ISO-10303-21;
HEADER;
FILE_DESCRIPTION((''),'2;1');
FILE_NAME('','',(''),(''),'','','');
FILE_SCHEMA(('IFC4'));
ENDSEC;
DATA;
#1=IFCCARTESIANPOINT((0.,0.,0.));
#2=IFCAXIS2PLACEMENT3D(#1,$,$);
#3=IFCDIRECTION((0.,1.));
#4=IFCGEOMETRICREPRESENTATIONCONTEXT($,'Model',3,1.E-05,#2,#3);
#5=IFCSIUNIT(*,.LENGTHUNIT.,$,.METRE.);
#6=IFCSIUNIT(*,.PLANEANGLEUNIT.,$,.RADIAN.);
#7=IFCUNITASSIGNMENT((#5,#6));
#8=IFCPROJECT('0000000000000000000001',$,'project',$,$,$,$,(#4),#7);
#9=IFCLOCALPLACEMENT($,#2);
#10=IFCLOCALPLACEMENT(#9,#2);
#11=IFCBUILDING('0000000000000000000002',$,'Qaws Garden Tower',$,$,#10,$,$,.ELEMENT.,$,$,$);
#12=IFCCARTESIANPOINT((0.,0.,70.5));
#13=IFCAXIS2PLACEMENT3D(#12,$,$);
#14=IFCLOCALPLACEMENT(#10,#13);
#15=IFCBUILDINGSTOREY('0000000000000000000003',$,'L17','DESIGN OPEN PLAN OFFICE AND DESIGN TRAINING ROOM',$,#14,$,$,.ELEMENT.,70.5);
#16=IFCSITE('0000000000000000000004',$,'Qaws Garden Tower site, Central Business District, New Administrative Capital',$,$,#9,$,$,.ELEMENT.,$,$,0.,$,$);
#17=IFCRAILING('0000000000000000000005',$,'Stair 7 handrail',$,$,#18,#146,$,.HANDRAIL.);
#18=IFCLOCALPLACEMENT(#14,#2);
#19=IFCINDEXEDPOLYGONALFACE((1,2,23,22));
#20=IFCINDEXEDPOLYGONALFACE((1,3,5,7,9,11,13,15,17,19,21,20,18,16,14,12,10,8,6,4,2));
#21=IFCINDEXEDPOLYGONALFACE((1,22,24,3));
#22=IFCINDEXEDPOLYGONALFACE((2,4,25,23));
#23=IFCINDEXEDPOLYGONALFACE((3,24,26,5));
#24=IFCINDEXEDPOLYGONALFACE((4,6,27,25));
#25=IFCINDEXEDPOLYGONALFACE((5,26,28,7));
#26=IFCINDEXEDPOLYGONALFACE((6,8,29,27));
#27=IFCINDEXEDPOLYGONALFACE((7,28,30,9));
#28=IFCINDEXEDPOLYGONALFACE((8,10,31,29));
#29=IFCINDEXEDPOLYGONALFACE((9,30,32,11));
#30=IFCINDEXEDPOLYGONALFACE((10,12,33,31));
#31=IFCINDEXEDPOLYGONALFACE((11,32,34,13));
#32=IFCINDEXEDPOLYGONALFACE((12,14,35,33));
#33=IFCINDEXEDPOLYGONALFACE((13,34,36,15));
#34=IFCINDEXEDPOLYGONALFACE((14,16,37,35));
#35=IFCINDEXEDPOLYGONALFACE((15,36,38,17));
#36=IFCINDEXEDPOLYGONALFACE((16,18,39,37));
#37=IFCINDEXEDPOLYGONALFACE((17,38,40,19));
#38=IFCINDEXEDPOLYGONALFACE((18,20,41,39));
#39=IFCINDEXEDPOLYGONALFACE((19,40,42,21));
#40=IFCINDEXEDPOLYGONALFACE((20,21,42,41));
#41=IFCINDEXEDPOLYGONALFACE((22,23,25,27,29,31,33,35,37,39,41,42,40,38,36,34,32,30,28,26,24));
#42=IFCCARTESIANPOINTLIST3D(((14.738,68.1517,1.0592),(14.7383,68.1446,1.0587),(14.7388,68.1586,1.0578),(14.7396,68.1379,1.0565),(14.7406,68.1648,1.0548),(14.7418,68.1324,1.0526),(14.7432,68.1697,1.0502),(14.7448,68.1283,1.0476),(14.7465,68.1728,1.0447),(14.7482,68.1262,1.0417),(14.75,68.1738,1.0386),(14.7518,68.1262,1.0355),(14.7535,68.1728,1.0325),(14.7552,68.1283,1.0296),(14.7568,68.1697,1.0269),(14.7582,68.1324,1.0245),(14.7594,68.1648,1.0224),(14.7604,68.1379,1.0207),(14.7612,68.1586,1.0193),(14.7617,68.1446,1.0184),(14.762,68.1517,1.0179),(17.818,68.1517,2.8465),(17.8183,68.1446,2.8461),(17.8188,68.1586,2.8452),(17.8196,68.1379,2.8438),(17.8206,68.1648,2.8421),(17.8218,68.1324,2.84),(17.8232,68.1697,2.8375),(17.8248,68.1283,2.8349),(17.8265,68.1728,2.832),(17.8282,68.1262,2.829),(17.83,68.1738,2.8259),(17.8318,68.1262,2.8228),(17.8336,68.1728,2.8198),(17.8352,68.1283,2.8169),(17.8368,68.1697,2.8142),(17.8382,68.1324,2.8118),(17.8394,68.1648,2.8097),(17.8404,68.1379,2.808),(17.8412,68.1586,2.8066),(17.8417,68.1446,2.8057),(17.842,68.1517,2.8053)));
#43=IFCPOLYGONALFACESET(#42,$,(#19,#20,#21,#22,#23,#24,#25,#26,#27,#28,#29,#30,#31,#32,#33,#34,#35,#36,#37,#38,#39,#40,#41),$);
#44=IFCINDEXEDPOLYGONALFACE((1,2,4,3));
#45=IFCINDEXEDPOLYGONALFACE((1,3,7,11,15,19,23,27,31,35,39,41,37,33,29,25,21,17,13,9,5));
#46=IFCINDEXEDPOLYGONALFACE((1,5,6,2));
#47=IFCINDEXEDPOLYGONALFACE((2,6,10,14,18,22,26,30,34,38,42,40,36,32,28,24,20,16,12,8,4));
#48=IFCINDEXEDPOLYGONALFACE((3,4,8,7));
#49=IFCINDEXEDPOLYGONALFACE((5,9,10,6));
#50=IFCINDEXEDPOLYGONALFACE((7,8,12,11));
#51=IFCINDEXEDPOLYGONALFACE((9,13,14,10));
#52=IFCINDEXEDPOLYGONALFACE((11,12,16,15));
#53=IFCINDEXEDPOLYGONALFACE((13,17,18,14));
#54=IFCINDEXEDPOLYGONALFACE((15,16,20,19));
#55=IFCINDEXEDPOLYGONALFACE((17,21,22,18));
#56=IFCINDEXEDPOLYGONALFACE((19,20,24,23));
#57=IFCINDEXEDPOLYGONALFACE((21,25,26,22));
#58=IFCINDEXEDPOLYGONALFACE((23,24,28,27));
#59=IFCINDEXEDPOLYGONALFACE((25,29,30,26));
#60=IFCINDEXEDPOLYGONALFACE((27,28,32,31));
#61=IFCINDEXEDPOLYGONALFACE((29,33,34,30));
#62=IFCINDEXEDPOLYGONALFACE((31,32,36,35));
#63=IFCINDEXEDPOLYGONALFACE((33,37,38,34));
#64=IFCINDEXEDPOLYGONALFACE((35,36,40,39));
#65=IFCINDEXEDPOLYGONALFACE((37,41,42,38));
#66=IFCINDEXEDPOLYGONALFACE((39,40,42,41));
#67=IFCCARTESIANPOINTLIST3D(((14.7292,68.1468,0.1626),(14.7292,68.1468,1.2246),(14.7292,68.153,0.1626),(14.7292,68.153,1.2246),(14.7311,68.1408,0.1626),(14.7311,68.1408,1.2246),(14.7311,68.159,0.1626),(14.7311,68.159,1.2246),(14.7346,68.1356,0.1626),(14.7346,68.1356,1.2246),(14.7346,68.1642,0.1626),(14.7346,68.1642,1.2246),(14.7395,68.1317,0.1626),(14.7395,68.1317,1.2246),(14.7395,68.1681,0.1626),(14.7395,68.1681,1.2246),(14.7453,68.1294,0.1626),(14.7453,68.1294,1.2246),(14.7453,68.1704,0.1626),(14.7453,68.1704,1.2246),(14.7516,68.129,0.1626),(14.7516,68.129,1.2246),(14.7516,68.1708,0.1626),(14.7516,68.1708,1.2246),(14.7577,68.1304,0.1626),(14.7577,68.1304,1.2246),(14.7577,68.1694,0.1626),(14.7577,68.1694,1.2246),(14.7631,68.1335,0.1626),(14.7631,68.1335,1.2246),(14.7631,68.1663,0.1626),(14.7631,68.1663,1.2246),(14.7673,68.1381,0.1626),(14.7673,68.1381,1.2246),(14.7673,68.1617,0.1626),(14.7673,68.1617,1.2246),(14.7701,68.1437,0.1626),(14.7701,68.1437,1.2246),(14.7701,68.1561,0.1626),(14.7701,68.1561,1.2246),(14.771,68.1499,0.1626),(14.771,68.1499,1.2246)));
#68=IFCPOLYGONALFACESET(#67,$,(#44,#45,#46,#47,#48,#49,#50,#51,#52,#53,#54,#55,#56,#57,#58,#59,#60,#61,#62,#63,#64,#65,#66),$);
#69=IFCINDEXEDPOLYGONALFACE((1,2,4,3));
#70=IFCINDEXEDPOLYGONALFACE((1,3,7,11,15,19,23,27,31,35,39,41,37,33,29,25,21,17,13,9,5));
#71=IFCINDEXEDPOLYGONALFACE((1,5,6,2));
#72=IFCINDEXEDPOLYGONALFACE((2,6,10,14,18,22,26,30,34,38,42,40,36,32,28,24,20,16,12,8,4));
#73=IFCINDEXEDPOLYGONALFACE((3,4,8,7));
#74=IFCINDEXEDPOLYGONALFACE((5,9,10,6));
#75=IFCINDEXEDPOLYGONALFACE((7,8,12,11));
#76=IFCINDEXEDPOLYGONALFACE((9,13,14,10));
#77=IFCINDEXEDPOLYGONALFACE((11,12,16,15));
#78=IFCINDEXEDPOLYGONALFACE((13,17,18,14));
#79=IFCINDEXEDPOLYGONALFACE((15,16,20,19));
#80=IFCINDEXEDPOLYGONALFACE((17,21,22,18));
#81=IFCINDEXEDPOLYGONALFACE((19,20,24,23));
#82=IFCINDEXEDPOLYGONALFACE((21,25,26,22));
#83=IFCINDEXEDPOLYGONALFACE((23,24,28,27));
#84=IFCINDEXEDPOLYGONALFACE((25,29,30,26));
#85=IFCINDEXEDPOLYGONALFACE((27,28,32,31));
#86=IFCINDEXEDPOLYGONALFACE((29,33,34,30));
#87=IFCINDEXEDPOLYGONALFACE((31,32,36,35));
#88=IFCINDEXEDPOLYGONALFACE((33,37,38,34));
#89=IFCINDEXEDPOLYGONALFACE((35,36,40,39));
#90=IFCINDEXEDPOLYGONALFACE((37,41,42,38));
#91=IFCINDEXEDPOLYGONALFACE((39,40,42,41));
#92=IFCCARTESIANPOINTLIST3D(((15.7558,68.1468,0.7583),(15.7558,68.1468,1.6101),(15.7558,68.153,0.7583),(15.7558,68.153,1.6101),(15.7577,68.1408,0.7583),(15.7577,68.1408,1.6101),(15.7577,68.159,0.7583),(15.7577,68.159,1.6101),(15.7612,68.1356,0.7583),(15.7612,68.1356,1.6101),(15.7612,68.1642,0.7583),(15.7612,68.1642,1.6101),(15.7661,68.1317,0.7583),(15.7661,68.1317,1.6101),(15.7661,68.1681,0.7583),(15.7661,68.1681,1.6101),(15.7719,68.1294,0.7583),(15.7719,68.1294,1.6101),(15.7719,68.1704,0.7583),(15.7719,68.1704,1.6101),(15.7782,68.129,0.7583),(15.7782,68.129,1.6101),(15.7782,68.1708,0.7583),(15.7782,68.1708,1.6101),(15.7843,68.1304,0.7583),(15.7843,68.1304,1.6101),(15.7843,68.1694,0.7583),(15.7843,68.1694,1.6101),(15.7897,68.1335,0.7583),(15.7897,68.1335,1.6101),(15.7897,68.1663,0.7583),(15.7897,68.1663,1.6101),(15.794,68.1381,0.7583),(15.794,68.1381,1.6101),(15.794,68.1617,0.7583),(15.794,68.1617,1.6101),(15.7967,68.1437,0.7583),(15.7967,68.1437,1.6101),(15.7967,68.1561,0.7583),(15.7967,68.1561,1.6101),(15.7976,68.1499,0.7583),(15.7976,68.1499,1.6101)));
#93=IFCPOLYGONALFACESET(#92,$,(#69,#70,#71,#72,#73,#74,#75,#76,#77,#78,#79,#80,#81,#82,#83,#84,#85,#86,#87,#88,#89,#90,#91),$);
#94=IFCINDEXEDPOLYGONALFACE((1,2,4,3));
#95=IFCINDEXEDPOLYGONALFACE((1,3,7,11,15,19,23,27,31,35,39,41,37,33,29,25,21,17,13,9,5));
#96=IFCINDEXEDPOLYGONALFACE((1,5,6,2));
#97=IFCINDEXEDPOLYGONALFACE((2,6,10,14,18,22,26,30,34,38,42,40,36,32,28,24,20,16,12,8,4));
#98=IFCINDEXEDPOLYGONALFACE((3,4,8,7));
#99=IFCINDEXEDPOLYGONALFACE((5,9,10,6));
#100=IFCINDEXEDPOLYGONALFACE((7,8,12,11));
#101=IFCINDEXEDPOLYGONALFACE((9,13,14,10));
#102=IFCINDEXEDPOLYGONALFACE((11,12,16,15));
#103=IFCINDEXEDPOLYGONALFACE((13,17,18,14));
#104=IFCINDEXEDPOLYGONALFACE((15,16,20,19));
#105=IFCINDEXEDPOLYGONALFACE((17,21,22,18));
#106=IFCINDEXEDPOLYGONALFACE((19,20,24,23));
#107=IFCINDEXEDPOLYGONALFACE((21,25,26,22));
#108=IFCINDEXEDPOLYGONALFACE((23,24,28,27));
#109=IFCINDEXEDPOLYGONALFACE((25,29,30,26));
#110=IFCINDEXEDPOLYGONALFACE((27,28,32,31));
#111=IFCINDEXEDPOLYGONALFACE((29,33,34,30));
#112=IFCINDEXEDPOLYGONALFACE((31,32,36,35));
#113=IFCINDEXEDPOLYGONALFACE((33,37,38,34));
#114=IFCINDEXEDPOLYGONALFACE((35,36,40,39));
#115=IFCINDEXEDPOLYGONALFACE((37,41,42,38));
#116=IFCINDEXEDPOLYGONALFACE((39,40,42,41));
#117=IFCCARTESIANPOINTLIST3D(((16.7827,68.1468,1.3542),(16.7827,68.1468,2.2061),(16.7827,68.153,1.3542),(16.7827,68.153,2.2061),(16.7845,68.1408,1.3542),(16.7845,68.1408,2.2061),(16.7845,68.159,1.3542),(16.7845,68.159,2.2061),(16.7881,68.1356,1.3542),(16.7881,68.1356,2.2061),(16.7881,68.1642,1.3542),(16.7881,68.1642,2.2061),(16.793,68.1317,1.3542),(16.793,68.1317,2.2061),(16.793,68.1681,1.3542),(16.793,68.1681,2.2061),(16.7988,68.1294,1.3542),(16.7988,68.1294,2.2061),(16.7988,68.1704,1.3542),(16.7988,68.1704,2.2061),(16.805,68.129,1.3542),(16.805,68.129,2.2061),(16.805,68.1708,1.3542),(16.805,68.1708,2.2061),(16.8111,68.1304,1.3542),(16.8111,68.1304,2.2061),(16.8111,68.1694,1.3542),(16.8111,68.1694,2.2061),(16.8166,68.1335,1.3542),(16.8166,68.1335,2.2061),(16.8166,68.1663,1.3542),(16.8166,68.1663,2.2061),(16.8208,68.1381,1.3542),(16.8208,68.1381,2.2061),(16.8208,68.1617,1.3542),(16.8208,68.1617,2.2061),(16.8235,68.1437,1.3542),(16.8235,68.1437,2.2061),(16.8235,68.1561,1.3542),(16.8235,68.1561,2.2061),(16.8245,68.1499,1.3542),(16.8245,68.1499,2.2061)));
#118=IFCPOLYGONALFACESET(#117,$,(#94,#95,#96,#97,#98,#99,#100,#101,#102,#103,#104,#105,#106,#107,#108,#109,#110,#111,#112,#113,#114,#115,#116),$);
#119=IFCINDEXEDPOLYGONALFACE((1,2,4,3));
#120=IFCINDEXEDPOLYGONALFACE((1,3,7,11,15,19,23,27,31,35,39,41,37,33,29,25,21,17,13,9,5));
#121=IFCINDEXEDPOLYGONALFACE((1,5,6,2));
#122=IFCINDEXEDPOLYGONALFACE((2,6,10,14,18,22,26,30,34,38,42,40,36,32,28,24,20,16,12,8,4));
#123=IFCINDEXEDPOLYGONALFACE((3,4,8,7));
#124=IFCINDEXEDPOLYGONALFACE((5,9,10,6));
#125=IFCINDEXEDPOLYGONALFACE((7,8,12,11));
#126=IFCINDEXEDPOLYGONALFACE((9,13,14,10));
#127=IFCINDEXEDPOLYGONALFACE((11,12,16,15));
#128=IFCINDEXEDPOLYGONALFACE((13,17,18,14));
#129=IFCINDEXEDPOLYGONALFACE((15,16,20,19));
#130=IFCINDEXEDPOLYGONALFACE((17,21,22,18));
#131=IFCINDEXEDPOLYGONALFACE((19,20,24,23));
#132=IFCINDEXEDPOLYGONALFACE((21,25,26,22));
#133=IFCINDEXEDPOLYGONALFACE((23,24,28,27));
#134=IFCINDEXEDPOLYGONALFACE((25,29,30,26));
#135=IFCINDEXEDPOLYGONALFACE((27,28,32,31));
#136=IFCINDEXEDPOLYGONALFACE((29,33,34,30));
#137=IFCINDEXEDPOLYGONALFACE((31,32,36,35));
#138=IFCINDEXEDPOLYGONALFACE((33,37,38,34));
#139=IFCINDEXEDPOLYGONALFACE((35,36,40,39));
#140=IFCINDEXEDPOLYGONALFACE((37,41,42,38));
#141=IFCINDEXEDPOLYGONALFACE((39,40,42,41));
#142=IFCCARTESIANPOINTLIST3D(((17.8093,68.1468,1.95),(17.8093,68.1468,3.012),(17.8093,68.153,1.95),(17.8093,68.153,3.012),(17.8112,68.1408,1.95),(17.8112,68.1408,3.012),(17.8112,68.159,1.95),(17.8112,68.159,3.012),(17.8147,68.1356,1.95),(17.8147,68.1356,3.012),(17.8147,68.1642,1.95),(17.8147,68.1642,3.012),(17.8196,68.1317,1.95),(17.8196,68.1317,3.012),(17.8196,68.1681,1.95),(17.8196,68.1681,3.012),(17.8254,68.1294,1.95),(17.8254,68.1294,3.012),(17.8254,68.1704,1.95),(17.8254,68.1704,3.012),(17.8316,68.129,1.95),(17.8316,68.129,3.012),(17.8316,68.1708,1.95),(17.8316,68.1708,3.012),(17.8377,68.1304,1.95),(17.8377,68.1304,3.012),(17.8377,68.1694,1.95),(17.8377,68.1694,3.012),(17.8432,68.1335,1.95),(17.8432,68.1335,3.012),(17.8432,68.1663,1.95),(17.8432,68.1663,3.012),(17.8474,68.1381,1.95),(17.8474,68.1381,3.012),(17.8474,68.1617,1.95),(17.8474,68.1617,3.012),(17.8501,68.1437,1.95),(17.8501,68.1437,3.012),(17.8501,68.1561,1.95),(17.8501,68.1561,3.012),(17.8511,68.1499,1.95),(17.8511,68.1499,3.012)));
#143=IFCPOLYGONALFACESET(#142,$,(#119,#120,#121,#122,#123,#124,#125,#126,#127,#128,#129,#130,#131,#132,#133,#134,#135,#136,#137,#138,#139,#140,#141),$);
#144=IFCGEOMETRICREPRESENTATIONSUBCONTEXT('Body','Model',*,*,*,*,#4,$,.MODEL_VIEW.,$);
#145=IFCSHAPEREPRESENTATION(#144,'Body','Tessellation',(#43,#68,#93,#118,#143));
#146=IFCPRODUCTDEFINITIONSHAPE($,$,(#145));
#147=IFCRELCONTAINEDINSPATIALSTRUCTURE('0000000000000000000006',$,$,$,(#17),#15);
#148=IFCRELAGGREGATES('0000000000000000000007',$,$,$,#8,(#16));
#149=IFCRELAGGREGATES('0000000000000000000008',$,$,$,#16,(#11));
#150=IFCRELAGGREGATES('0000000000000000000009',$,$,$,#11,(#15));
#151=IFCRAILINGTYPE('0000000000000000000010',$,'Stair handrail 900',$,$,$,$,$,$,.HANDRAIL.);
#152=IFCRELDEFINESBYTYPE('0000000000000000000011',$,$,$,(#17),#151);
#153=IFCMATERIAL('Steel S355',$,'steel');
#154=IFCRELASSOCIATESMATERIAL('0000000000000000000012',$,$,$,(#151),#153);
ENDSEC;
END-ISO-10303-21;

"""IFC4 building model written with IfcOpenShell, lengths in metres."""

from ifc_helpers import new_model, si_unit, direction, frame, origin, origin_2d, place, context, subcontext, project, spatial, circle, extrude, material, type_object, element, save


model = new_model("IFC4")

# Units and contexts
model_context = context("Model", 3, precision=1e-05, world=origin(), true_north=direction((0.0, 1.0)))
body_context = subcontext(model_context, "Body", "Model", "MODEL_VIEW")
ifc_project = project(units=[si_unit("LENGTHUNIT", "METRE"), si_unit("PLANEANGLEUNIT", "RADIAN")], contexts=[model_context])

# Site, building, storey
site_placement = place(None, origin())
site = spatial("IfcSite", under=ifc_project, at=site_placement, Name="Qaws Garden Tower site, Central Business District, New Administrative Capital", CompositionType="ELEMENT", RefElevation=0.0)
building_placement = place(site_placement, origin())
building = spatial("IfcBuilding", under=site, at=building_placement, Name="Qaws Garden Tower", CompositionType="ELEMENT")
storey_placement = place(building_placement, frame((0.0, 0.0, 70.5)))
storey = spatial("IfcBuildingStorey", under=building, at=storey_placement, Name="L17", Description="DESIGN OPEN PLAN OFFICE AND DESIGN TRAINING ROOM", CompositionType="ELEMENT", Elevation=70.5)

# Railing
ifc_material_1 = material(Name="Steel S355", Category="steel")
railing_type = type_object("IfcRailingType", Name="Stair handrail 900", PredefinedType="HANDRAIL", material=ifc_material_1)
railing_1_placement = place(storey_placement, frame((14.75, 68.1499, 0.1626)))
element("IfcRailing", 1, at=railing_1_placement, inside=storey, type_object=railing_type, Name="Stair 7 handrail", PredefinedType="HANDRAIL", context=body_context, shape_type="SweptSolid", body=[
    extrude(circle(Radius=0.0239, at=origin_2d()), frame((0.0, 0.0, 0.876), z_axis=(0.86492, 0.0, 0.501909), x_axis=(0.0, 1.0, 0.0)), (0.0, 0.0, 1.0), 3.561),
    extrude(circle(Radius=0.021, at=origin_2d()), origin(), (0.0, 0.0, 1.0), 1.062),
    extrude(circle(Radius=0.021, at=origin_2d()), frame((1.0266, 0.0, 0.5957)), (0.0, 0.0, 1.0), 0.8518),
    extrude(circle(Radius=0.021, at=origin_2d()), frame((2.0535, 0.0, 1.1917)), (0.0, 0.0, 1.0), 0.8518),
    extrude(circle(Radius=0.021, at=origin_2d()), frame((3.0801, 0.0, 1.7874)), (0.0, 0.0, 1.0), 1.062),
])

save(model, "model.ifc")
